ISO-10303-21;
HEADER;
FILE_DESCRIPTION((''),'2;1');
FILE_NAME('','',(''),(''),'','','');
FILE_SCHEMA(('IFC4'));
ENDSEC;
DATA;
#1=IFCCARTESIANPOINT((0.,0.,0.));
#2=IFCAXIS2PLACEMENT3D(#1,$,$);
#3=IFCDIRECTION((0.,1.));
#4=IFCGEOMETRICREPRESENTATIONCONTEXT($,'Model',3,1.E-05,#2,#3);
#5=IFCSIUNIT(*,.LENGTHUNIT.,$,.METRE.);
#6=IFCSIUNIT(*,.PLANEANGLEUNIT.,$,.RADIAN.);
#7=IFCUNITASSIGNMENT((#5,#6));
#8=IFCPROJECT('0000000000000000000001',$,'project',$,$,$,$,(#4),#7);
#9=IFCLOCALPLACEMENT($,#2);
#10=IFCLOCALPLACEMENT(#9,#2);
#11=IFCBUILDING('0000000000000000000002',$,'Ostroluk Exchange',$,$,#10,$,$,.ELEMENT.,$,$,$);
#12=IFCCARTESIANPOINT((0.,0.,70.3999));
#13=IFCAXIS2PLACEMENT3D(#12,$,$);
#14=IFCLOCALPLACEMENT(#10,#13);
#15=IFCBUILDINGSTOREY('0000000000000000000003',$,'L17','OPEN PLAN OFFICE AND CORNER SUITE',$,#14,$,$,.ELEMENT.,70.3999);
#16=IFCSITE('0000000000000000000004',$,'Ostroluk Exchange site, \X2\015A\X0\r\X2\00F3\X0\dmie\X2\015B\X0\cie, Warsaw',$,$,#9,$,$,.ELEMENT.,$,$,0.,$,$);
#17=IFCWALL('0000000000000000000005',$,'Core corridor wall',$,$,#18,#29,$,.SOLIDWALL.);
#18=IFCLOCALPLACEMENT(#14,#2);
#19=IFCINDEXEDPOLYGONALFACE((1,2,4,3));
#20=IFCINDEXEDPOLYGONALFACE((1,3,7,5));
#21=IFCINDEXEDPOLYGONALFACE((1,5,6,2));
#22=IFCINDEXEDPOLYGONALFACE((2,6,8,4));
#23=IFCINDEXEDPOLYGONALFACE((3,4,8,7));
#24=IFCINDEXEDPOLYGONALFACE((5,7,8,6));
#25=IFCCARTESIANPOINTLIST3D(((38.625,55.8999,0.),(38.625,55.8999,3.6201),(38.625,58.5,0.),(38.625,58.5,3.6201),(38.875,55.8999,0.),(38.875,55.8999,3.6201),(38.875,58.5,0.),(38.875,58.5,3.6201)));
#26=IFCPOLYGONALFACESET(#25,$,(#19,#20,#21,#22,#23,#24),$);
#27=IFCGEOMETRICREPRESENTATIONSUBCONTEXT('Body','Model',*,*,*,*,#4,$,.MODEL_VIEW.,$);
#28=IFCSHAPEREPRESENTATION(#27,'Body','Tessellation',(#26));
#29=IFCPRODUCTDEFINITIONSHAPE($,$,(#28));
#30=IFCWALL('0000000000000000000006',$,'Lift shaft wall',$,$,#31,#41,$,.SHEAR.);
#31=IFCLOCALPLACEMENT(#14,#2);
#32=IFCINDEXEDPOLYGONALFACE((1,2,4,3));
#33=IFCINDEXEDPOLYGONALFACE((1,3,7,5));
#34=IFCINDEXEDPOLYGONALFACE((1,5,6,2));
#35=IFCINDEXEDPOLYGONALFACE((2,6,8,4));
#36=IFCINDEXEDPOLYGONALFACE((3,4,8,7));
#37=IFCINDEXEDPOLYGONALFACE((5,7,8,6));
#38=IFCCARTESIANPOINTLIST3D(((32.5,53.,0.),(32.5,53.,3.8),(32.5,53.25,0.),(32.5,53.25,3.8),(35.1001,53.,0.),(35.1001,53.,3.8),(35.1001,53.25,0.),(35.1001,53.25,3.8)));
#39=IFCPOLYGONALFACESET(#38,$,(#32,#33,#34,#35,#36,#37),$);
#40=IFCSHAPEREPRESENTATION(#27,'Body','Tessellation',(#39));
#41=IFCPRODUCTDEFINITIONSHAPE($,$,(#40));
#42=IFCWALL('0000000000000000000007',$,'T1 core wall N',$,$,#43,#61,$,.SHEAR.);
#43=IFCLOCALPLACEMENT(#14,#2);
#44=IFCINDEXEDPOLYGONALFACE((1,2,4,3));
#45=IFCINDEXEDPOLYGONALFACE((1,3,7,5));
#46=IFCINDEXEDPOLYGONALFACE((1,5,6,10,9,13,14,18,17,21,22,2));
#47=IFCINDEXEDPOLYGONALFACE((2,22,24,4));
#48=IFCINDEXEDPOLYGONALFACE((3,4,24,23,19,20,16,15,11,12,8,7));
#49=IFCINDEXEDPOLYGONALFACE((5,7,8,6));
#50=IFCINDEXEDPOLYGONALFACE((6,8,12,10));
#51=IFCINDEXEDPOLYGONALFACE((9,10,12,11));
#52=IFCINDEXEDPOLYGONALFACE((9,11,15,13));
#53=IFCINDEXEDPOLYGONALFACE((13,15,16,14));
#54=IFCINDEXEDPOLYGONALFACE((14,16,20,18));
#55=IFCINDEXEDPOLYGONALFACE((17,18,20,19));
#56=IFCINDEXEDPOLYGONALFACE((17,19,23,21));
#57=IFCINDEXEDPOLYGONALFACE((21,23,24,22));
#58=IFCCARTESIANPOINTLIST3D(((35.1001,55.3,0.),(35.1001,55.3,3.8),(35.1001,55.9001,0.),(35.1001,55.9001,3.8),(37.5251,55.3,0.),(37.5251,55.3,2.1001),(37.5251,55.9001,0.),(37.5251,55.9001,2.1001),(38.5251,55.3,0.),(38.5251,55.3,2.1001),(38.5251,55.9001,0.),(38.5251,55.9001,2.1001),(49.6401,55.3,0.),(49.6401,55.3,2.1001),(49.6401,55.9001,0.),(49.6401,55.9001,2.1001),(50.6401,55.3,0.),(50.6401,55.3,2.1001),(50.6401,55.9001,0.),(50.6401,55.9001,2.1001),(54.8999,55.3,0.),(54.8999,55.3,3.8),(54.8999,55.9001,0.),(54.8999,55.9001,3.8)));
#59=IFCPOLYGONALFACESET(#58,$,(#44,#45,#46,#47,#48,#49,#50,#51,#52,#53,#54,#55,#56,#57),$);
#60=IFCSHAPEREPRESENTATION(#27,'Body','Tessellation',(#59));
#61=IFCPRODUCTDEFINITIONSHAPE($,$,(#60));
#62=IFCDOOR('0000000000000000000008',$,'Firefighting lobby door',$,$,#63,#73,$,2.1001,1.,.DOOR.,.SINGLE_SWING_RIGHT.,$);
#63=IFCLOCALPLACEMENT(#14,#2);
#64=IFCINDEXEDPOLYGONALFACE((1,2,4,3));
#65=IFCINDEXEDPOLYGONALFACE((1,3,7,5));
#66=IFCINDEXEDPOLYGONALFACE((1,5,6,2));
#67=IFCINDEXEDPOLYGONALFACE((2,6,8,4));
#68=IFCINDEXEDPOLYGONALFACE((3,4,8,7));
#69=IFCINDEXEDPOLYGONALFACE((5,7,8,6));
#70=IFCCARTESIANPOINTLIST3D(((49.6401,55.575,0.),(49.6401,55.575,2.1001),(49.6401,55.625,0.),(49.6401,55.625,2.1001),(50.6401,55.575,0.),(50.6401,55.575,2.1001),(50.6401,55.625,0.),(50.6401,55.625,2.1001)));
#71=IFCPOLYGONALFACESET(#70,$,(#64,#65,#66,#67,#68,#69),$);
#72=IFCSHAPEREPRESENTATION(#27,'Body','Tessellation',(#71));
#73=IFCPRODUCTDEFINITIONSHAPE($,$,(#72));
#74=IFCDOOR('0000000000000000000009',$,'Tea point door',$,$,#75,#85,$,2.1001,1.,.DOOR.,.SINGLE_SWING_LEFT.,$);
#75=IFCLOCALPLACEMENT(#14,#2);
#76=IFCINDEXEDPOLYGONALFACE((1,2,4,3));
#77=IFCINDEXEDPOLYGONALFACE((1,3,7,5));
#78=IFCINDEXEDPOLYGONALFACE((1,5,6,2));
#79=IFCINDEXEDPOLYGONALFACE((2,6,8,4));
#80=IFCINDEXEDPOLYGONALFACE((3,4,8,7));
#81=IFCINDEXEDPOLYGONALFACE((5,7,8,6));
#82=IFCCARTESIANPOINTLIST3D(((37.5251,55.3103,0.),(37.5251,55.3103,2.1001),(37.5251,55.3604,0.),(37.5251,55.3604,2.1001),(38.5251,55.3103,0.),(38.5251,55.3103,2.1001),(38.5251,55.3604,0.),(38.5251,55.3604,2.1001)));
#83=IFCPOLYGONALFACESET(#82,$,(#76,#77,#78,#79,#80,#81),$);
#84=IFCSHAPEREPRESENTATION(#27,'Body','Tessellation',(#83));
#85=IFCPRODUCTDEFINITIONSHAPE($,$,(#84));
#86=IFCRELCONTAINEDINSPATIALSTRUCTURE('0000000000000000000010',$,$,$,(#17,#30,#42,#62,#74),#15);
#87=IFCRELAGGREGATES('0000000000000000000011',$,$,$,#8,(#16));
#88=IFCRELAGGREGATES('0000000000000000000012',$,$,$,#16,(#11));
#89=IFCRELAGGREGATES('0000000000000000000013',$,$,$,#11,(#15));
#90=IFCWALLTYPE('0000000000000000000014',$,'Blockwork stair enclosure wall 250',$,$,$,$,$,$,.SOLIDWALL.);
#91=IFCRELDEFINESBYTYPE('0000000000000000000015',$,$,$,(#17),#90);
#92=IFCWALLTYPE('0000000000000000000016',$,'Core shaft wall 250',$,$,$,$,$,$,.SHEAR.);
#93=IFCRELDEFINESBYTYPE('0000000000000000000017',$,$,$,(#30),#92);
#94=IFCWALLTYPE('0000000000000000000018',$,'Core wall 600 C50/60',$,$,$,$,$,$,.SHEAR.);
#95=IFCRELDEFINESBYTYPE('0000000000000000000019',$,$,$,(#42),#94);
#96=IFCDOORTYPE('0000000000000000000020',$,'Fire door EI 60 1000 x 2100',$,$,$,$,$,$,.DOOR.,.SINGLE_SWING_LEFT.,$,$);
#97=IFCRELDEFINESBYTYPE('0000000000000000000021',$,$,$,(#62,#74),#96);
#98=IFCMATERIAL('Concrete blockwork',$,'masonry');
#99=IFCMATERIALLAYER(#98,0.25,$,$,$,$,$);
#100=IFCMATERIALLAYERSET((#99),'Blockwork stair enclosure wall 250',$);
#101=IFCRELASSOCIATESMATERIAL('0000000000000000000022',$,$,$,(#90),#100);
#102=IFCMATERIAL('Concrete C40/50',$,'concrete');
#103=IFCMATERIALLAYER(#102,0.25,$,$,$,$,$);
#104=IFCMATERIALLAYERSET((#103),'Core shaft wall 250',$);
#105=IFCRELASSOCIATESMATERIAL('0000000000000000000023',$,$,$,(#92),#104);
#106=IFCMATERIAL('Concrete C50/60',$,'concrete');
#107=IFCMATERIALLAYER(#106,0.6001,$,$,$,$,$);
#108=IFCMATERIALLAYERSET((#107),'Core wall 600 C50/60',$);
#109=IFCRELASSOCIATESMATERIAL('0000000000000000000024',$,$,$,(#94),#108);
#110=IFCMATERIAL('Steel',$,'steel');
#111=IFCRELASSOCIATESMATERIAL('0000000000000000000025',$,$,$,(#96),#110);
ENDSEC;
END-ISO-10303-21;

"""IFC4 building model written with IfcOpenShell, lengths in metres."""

from ifc_helpers import new_model, si_unit, direction, frame, frame_2d, origin, place, context, subcontext, project, spatial, rectangle, extrude, material, layer, layer_set, type_object, element, fill, save


model = new_model("IFC4")

# Units and contexts
model_context = context("Model", 3, precision=1e-05, world=origin(), true_north=direction((0.0, 1.0)))
body_context = subcontext(model_context, "Body", "Model", "MODEL_VIEW")
ifc_project = project(units=[si_unit("LENGTHUNIT", "METRE"), si_unit("PLANEANGLEUNIT", "RADIAN")], contexts=[model_context])

# Site, building, storey
site_placement = place(None, origin())
site = spatial("IfcSite", under=ifc_project, at=site_placement, Name="Ostroluk Exchange site, Śródmieście, Warsaw", CompositionType="ELEMENT", RefElevation=0.0)
building_placement = place(site_placement, origin())
building = spatial("IfcBuilding", under=site, at=building_placement, Name="Ostroluk Exchange", CompositionType="ELEMENT")
storey_placement = place(building_placement, frame((0.0, 0.0, 70.3999)))
storey = spatial("IfcBuildingStorey", under=building, at=storey_placement, Name="L17", Description="OPEN PLAN OFFICE AND CORNER SUITE", CompositionType="ELEMENT", Elevation=70.3999)

# Walls
ifc_material_1 = material(Name="Concrete blockwork", Category="masonry")
ifc_layer_1 = layer(ifc_material_1, 0.25)
ifc_layer_set_1 = layer_set([ifc_layer_1], Name="Blockwork stair enclosure wall 250")
wall_type_1 = type_object("IfcWallType", Name="Blockwork stair enclosure wall 250", PredefinedType="SOLIDWALL", material=ifc_layer_set_1)
for number, where, z_axis, x_axis, name in (
    (1, (38.75, 55.8999, 0.0), (0.0, 0.0, 1.0), (0.0, 1.0, 0.0), "Core corridor wall"),
):
    element("IfcWall", number, at=place(storey_placement, frame(where, z_axis=z_axis, x_axis=x_axis)), inside=storey, type_object=wall_type_1, Name=name, PredefinedType="SOLIDWALL", context=body_context, shape_type="SweptSolid", body=[
        extrude(rectangle(XDim=2.6001, YDim=0.25, at=frame_2d((1.3, 0.0))), origin(), (0.0, 0.0, 1.0), 3.6201),
    ])
ifc_material_2 = material(Name="Concrete C40/50", Category="concrete")
ifc_layer_2 = layer(ifc_material_2, 0.25)
ifc_layer_set_2 = layer_set([ifc_layer_2], Name="Core shaft wall 250")
wall_type_2 = type_object("IfcWallType", Name="Core shaft wall 250", PredefinedType="SHEAR", material=ifc_layer_set_2)
wall_1_placement = place(storey_placement, frame((32.5, 53.125, 0.0), z_axis=(0.0, 0.0, 1.0), x_axis=(1.0, 0.0, 0.0)))
element("IfcWall", 2, at=wall_1_placement, inside=storey, type_object=wall_type_2, Name="Lift shaft wall", PredefinedType="SHEAR", context=body_context, shape_type="SweptSolid", body=[
    extrude(rectangle(XDim=2.6001, YDim=0.25, at=frame_2d((1.3, 0.0))), origin(), (0.0, 0.0, 1.0), 3.8),
])

# Wall, openings, doors
ifc_material_3 = material(Name="Concrete C50/60", Category="concrete")
ifc_layer_3 = layer(ifc_material_3, 0.6001)
ifc_layer_set_3 = layer_set([ifc_layer_3], Name="Core wall 600 C50/60")
wall_type_3 = type_object("IfcWallType", Name="Core wall 600 C50/60", PredefinedType="SHEAR", material=ifc_layer_set_3)
wall_2_placement = place(storey_placement, frame((35.1001, 55.6001, 0.0), z_axis=(0.0, 0.0, 1.0), x_axis=(1.0, 0.0, 0.0)))
wall_2 = element("IfcWall", 3, at=wall_2_placement, inside=storey, type_object=wall_type_3, Name="T1 core wall N", PredefinedType="SHEAR", context=body_context, shape_type="SweptSolid", body=[
    extrude(rectangle(XDim=19.7998, YDim=0.6001, at=frame_2d((9.8999, 0.0))), origin(), (0.0, 0.0, 1.0), 3.8),
])
opening_1_placement = place(wall_2_placement, frame((14.54, 0.0, 0.0)))
opening_1 = element("IfcOpeningElement", 4, at=opening_1_placement, cuts=wall_2, PredefinedType="OPENING", context=body_context, shape_type="SweptSolid", body=[
    extrude(rectangle(XDim=1.0, YDim=2.1001, at=frame_2d((0.5, 1.05))), frame((0.0, 0.3101, 0.0), z_axis=(0.0, -1.0, 0.0), x_axis=(1.0, 0.0, 0.0)), (0.0, 0.0, 1.0), 0.6201),
])
opening_2_placement = place(wall_2_placement, frame((2.425, 0.0, 0.0)))
opening_2 = element("IfcOpeningElement", 5, at=opening_2_placement, cuts=wall_2, PredefinedType="OPENING", context=body_context, shape_type="SweptSolid", body=[
    extrude(rectangle(XDim=1.0, YDim=2.1001, at=frame_2d((0.5, 1.05))), frame((0.0, 0.3101, 0.0), z_axis=(0.0, -1.0, 0.0), x_axis=(1.0, 0.0, 0.0)), (0.0, 0.0, 1.0), 0.6201),
])
ifc_material_4 = material(Name="Steel", Category="steel")
door_type = type_object("IfcDoorType", Name="Fire door EI 60 1000 x 2100", OperationType="SINGLE_SWING_LEFT", PredefinedType="DOOR", material=ifc_material_4)
door_1_placement = place(opening_1_placement, origin())
door_1 = element("IfcDoor", 6, at=door_1_placement, inside=storey, type_object=door_type, Name="Firefighting lobby door", OperationType="SINGLE_SWING_RIGHT", OverallHeight=2.1001, OverallWidth=1.0, PredefinedType="DOOR", context=body_context, shape_type="SweptSolid", body=[
    extrude(rectangle(XDim=1.0, YDim=2.1001, at=frame_2d((0.5, 1.05))), frame((0.0, 0.0249, 0.0), z_axis=(0.0, -1.0, 0.0), x_axis=(1.0, 0.0, 0.0)), (0.0, 0.0, 1.0), 0.05),
])
fill(opening_1, door_1)
door_2_placement = place(opening_2_placement, origin())
door_2 = element("IfcDoor", 7, at=door_2_placement, inside=storey, type_object=door_type, Name="Tea point door", OperationType="SINGLE_SWING_LEFT", OverallHeight=2.1001, OverallWidth=1.0, PredefinedType="DOOR", context=body_context, shape_type="SweptSolid", body=[
    extrude(rectangle(XDim=1.0, YDim=2.1001, at=frame_2d((0.5, 1.05))), frame((0.0, -0.2397, 0.0), z_axis=(0.0, -1.0, 0.0), x_axis=(1.0, 0.0, 0.0)), (0.0, 0.0, 1.0), 0.05),
])
fill(opening_2, door_2)

save(model, "model.ifc")
